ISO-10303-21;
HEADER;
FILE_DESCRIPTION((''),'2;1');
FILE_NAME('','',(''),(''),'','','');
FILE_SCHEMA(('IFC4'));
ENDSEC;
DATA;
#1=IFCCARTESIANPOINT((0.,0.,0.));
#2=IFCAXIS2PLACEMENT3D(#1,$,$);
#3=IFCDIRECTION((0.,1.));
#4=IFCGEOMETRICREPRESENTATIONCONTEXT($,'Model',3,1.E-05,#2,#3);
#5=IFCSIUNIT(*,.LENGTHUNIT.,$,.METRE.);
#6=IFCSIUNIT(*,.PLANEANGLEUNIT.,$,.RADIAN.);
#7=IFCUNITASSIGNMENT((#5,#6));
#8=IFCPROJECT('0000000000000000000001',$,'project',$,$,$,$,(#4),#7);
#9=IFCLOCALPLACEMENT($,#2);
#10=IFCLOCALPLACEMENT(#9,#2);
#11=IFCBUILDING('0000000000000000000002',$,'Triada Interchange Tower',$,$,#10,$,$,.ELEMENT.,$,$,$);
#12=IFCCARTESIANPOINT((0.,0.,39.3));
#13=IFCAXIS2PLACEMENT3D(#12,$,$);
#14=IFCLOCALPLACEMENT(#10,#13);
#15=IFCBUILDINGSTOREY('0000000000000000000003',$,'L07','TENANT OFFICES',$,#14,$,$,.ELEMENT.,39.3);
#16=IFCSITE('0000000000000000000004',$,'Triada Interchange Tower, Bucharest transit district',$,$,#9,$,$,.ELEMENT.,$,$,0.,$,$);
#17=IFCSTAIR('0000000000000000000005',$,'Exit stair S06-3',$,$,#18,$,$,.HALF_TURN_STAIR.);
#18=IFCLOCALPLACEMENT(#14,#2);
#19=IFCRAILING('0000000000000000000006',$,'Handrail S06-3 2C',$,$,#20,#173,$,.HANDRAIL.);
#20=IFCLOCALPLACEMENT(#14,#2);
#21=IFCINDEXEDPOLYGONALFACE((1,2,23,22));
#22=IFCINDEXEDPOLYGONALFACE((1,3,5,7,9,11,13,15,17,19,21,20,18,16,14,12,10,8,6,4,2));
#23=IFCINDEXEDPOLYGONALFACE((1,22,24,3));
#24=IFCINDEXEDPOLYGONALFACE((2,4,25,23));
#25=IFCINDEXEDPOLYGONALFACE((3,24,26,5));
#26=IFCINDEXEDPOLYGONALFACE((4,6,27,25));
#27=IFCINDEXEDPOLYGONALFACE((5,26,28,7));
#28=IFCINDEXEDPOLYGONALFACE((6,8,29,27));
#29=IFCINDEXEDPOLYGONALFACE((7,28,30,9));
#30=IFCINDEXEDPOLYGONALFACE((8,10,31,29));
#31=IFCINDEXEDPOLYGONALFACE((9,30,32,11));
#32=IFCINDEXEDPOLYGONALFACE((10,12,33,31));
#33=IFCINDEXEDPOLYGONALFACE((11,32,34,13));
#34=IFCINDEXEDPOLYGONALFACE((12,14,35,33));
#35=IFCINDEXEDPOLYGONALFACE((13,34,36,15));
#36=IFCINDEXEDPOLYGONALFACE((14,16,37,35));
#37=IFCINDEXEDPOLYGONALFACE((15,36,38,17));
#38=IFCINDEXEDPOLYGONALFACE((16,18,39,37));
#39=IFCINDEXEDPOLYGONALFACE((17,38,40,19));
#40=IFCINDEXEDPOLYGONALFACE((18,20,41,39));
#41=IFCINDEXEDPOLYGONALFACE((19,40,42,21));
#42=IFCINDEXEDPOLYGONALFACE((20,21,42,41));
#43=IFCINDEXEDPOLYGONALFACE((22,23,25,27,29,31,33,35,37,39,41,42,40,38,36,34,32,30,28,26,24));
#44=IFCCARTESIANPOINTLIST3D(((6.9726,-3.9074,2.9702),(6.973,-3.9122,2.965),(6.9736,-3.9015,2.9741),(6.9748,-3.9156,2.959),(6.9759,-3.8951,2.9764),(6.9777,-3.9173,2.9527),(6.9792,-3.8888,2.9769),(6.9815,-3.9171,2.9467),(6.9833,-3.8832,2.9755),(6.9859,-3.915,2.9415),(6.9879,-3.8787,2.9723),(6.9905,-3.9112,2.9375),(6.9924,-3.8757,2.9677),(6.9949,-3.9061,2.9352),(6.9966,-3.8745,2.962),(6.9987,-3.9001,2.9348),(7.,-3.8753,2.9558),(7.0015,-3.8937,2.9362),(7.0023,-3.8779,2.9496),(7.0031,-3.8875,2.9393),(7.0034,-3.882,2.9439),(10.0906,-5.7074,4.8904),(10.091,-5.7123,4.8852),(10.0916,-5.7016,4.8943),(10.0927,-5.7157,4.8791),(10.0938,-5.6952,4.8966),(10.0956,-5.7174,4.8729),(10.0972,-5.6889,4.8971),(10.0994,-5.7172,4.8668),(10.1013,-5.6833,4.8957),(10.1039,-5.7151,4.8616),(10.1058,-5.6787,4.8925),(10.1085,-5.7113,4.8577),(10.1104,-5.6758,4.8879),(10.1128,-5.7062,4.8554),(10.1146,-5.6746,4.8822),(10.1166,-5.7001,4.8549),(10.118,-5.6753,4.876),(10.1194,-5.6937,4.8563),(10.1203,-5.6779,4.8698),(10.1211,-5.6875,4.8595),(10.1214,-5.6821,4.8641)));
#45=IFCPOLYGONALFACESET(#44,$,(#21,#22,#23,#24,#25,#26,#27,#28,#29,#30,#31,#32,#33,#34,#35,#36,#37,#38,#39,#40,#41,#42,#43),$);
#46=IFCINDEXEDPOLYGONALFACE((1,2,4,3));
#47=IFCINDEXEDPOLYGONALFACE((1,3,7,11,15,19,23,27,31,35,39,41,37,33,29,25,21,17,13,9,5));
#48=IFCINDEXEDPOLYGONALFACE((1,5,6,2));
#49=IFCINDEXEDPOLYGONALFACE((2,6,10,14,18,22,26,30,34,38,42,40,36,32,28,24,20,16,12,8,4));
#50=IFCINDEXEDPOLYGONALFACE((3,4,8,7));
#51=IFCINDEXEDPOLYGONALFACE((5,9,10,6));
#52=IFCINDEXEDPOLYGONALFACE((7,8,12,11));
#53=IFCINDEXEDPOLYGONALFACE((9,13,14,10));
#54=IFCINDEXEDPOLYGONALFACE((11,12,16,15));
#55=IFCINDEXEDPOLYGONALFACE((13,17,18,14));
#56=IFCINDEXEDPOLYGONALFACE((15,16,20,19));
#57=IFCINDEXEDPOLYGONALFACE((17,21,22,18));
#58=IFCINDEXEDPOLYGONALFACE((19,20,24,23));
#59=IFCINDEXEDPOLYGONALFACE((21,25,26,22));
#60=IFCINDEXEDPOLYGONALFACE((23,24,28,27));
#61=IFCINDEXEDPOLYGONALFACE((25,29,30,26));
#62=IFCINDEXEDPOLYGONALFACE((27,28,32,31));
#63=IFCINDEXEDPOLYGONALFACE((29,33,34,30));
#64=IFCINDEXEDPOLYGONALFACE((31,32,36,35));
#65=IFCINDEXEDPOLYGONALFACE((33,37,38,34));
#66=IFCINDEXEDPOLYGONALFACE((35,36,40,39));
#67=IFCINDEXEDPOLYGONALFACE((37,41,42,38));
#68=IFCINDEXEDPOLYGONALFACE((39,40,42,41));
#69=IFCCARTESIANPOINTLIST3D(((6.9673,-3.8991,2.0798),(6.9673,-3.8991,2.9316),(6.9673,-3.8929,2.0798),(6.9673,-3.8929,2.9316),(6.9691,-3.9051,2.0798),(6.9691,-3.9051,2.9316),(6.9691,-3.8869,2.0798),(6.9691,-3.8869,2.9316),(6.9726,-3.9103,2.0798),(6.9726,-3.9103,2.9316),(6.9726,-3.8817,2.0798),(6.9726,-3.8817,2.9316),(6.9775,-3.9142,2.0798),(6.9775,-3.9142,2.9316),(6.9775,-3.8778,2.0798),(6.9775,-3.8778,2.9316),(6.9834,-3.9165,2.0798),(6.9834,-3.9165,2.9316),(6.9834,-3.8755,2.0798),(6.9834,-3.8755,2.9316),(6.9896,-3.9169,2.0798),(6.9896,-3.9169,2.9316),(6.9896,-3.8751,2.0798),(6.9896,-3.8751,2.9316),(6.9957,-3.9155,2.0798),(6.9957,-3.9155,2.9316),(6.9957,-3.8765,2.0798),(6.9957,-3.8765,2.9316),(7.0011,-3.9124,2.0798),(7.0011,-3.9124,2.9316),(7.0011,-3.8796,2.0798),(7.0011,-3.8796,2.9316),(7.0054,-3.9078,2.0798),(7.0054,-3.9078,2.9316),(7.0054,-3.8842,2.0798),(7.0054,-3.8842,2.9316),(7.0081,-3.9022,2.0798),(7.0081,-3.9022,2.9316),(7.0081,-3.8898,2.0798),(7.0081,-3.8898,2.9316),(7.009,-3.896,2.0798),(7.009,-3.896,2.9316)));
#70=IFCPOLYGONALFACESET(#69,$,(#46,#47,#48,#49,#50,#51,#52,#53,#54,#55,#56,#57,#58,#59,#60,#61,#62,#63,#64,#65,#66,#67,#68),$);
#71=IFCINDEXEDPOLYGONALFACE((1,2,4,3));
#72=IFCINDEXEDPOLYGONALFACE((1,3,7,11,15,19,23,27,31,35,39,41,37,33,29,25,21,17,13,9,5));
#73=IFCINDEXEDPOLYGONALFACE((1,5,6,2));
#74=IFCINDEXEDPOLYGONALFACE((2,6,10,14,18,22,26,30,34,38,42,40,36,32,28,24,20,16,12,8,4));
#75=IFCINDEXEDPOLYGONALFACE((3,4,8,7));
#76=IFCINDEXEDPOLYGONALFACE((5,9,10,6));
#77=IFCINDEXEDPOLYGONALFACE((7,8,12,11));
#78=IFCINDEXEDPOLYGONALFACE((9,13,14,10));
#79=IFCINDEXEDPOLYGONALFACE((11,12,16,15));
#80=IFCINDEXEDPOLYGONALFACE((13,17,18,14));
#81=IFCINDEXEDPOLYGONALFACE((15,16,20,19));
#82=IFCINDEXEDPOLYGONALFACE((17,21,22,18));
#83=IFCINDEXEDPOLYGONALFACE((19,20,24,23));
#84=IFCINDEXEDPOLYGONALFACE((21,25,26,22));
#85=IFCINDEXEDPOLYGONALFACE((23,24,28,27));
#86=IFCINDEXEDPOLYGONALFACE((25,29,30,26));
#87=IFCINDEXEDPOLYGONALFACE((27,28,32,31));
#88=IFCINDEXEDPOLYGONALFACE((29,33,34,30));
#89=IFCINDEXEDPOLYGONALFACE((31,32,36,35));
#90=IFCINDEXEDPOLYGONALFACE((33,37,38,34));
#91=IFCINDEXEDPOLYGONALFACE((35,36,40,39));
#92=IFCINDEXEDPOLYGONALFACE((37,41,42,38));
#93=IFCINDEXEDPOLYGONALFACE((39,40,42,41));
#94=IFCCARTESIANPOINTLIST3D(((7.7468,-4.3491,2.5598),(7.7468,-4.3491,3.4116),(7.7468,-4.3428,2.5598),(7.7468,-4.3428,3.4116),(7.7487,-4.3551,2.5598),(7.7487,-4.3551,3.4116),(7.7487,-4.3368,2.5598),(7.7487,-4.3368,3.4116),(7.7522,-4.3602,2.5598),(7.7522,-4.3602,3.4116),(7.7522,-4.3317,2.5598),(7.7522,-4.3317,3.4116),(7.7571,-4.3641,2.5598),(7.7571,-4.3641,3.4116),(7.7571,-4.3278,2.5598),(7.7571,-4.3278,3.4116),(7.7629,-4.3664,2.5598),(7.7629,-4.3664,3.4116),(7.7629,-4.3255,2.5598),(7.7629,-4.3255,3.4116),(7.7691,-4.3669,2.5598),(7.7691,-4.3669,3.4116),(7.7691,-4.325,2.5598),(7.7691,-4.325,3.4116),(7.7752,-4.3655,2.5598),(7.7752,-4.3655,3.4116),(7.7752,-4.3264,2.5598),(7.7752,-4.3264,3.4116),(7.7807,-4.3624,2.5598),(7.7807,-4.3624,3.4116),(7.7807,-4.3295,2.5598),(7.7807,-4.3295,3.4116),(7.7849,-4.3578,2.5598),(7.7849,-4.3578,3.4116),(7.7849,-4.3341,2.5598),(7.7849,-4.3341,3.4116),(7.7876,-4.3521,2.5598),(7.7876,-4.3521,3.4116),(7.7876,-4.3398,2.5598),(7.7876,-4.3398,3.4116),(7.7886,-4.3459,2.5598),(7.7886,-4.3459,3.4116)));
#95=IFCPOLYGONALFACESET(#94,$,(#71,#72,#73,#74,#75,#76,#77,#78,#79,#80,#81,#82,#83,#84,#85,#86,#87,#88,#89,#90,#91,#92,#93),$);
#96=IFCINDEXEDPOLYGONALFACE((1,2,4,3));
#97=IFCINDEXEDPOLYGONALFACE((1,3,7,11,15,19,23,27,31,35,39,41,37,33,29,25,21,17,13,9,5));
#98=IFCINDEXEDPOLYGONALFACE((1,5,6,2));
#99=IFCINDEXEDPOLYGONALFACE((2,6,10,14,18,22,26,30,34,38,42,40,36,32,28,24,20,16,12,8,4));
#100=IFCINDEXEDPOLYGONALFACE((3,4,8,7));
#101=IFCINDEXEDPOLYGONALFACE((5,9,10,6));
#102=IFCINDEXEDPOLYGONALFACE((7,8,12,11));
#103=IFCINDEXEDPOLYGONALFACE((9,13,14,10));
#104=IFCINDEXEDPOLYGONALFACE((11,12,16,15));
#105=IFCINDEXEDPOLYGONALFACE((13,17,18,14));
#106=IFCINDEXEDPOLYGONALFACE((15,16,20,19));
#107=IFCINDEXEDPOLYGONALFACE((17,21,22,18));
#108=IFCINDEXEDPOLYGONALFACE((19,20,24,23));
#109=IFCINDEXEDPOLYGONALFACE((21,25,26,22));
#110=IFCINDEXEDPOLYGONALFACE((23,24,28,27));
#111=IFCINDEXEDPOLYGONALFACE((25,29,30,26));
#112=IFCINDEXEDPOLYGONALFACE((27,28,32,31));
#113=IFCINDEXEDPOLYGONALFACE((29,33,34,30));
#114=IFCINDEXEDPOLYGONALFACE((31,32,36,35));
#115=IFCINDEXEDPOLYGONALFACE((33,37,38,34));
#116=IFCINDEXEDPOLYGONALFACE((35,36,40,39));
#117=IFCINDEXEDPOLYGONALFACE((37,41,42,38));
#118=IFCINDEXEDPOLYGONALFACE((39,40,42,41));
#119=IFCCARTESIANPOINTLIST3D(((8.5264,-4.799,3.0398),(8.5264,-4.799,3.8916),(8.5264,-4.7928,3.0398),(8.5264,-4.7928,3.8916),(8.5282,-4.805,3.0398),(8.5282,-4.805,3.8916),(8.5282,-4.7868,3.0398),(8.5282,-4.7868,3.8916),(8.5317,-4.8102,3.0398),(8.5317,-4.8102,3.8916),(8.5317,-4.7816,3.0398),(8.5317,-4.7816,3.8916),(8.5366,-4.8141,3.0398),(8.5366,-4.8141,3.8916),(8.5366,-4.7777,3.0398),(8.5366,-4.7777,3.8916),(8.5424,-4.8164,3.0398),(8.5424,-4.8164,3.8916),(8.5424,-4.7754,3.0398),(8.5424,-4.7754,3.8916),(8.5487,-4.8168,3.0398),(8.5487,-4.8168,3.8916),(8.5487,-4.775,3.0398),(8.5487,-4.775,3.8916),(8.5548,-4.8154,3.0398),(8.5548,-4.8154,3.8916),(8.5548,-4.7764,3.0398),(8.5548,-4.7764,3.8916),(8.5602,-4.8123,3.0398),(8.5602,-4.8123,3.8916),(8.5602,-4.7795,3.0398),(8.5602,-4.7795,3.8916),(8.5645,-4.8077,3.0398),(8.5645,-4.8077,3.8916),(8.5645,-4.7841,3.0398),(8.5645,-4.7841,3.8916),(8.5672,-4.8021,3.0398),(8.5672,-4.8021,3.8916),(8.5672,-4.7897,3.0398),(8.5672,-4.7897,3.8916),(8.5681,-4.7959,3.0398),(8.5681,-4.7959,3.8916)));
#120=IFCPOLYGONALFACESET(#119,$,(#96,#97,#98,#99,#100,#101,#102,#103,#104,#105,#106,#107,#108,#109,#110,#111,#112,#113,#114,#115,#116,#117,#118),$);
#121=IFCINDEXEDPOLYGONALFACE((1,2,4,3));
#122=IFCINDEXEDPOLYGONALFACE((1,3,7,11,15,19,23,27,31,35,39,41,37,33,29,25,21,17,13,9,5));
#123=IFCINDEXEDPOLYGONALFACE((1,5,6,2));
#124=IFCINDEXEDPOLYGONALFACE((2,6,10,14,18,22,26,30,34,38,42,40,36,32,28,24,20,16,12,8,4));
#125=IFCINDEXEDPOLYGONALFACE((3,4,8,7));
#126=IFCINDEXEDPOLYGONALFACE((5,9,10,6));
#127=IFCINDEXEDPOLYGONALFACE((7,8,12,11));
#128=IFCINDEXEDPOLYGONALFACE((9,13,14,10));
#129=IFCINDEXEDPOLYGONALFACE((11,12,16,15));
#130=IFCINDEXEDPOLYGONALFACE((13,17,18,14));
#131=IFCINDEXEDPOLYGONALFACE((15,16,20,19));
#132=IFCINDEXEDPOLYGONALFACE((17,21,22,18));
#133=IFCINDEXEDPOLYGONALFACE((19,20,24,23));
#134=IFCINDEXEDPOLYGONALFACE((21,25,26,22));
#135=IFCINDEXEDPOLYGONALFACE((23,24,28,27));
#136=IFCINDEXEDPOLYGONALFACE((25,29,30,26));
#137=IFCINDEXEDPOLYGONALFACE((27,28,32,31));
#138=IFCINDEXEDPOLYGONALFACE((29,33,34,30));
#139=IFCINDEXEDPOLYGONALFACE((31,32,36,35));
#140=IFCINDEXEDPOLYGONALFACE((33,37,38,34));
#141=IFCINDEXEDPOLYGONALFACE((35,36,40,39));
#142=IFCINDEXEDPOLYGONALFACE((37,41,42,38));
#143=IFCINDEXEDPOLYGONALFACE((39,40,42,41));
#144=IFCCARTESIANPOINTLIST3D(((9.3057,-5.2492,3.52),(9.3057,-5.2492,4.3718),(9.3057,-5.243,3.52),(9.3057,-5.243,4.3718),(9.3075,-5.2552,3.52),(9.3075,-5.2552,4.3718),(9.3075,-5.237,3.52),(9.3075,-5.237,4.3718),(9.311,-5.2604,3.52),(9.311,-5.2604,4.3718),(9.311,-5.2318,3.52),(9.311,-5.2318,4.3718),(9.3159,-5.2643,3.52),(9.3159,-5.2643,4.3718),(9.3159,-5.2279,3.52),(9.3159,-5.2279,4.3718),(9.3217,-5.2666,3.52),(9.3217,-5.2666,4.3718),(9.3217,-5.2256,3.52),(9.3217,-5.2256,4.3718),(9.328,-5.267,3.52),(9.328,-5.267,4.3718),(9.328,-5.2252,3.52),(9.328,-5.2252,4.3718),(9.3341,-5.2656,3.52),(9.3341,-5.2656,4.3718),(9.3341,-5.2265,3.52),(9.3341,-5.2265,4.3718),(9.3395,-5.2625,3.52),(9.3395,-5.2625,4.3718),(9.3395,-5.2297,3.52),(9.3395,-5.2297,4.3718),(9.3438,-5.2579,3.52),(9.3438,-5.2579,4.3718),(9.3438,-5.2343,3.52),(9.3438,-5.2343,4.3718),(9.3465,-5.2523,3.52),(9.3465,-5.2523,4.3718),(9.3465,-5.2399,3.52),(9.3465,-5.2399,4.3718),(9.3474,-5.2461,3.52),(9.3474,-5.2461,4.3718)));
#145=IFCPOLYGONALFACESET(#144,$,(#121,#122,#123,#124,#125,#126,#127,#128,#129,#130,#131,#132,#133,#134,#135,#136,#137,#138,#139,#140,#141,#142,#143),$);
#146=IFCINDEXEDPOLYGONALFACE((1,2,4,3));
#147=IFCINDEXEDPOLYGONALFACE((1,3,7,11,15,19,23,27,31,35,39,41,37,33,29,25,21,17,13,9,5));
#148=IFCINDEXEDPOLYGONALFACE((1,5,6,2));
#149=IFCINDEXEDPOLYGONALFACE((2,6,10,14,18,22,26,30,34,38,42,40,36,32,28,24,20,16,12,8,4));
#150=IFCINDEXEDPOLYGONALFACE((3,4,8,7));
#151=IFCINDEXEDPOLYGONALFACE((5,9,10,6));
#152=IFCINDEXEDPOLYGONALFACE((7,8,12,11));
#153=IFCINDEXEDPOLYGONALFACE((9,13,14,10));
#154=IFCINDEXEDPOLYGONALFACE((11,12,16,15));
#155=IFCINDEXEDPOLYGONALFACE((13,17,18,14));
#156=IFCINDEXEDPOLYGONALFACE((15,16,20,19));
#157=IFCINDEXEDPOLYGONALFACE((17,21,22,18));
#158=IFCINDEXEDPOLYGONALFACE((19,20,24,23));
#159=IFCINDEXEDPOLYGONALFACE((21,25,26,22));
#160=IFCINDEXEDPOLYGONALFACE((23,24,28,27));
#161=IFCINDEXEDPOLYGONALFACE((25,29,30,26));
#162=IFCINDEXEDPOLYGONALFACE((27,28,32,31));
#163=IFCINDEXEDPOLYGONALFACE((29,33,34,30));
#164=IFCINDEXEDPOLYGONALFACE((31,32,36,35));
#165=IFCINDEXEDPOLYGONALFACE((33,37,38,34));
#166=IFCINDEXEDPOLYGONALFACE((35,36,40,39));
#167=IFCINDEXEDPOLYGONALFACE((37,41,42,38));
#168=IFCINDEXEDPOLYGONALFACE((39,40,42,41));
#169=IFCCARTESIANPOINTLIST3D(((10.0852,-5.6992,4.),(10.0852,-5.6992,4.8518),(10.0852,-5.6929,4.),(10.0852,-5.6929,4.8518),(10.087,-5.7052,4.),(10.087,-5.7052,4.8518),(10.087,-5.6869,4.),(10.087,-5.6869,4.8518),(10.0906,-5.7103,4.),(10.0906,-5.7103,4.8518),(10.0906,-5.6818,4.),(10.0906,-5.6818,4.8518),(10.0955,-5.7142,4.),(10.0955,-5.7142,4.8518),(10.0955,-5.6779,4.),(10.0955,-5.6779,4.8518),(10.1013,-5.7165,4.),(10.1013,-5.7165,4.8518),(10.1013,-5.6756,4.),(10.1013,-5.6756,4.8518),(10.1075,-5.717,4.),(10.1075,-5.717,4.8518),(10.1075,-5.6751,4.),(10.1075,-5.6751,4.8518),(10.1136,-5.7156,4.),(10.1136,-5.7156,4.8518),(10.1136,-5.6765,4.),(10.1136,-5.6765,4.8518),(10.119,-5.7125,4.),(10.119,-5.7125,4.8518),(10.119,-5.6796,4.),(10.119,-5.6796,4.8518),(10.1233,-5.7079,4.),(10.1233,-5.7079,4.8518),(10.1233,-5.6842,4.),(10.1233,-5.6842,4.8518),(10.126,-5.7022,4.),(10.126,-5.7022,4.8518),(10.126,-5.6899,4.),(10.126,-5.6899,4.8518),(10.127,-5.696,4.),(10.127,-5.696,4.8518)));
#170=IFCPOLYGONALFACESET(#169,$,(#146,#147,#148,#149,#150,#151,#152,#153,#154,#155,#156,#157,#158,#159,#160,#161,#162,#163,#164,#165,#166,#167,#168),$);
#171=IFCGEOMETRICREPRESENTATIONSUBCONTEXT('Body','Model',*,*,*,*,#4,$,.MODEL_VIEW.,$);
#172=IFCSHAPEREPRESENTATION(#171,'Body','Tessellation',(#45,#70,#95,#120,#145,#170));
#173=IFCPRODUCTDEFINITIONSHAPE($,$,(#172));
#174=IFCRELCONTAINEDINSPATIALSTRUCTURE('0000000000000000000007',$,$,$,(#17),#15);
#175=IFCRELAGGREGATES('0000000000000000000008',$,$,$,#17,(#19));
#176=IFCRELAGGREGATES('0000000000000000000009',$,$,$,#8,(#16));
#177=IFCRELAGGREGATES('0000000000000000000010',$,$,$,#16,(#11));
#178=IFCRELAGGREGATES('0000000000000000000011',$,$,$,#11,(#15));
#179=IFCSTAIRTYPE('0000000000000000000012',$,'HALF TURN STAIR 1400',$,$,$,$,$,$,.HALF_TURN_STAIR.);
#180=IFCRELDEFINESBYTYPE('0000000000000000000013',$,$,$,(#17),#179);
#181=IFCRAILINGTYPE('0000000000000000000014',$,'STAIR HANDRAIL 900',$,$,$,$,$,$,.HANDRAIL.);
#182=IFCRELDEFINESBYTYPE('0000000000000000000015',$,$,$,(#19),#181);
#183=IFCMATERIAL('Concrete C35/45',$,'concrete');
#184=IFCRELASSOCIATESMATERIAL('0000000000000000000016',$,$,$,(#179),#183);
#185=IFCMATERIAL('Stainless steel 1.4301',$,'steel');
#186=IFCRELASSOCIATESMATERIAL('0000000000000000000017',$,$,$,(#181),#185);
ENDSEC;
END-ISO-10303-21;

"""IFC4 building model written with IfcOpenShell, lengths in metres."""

from ifc_helpers import new_model, si_unit, direction, frame, origin, origin_2d, place, context, subcontext, project, spatial, circle, extrude, material, type_object, element, aggregate, save


model = new_model("IFC4")

# Units and contexts
model_context = context("Model", 3, precision=1e-05, world=origin(), true_north=direction((0.0, 1.0)))
body_context = subcontext(model_context, "Body", "Model", "MODEL_VIEW")
ifc_project = project(units=[si_unit("LENGTHUNIT", "METRE"), si_unit("PLANEANGLEUNIT", "RADIAN")], contexts=[model_context])

# Site, building, storey
site_placement = place(None, origin())
site = spatial("IfcSite", under=ifc_project, at=site_placement, Name="Triada Interchange Tower, Bucharest transit district", CompositionType="ELEMENT", RefElevation=0.0)
building_placement = place(site_placement, origin())
building = spatial("IfcBuilding", under=site, at=building_placement, Name="Triada Interchange Tower", CompositionType="ELEMENT")
storey_placement = place(building_placement, frame((0.0, 0.0, 39.3)))
storey = spatial("IfcBuildingStorey", under=building, at=storey_placement, Name="L07", Description="TENANT OFFICES", CompositionType="ELEMENT", Elevation=39.3)

# Stair, railing
ifc_material_1 = material(Name="Concrete C35/45", Category="concrete")
stair_type = type_object("IfcStairType", Name="HALF TURN STAIR 1400", PredefinedType="HALF_TURN_STAIR", material=ifc_material_1)
stair_placement = place(storey_placement, origin())
stair = element("IfcStair", 1, at=stair_placement, inside=storey, type_object=stair_type, Name="Exit stair S06-3", PredefinedType="HALF_TURN_STAIR")
ifc_material_2 = material(Name="Stainless steel 1.4301", Category="steel")
railing_type = type_object("IfcRailingType", Name="STAIR HANDRAIL 900", PredefinedType="HANDRAIL", material=ifc_material_2)
railing_1_placement = place(storey_placement, frame((6.988, -3.896, 2.0798)))
railing_1 = element("IfcRailing", 2, at=railing_1_placement, type_object=railing_type, Name="Handrail S06-3 2C", PredefinedType="HANDRAIL", context=body_context, shape_type="SweptSolid", body=[
    extrude(circle(Radius=0.0239, at=origin_2d()), frame((0.0, 0.0, 0.876), z_axis=(0.764145, -0.441159, 0.470597), x_axis=(0.499983, 0.866035, 0.0)), (0.0, 0.0, 1.0), 4.0803),
    extrude(circle(Radius=0.021, at=origin_2d()), origin(), (0.0, 0.0, 1.0), 0.8518),
    extrude(circle(Radius=0.021, at=origin_2d()), frame((0.7795, -0.45, 0.48)), (0.0, 0.0, 1.0), 0.8518),
    extrude(circle(Radius=0.021, at=origin_2d()), frame((1.5591, -0.8999, 0.96)), (0.0, 0.0, 1.0), 0.8518),
    extrude(circle(Radius=0.021, at=origin_2d()), frame((2.3384, -1.3501, 1.4402)), (0.0, 0.0, 1.0), 0.8518),
    extrude(circle(Radius=0.021, at=origin_2d()), frame((3.1179, -1.8, 1.9202)), (0.0, 0.0, 1.0), 0.8518),
])
aggregate(stair, [railing_1])

save(model, "model.ifc")
